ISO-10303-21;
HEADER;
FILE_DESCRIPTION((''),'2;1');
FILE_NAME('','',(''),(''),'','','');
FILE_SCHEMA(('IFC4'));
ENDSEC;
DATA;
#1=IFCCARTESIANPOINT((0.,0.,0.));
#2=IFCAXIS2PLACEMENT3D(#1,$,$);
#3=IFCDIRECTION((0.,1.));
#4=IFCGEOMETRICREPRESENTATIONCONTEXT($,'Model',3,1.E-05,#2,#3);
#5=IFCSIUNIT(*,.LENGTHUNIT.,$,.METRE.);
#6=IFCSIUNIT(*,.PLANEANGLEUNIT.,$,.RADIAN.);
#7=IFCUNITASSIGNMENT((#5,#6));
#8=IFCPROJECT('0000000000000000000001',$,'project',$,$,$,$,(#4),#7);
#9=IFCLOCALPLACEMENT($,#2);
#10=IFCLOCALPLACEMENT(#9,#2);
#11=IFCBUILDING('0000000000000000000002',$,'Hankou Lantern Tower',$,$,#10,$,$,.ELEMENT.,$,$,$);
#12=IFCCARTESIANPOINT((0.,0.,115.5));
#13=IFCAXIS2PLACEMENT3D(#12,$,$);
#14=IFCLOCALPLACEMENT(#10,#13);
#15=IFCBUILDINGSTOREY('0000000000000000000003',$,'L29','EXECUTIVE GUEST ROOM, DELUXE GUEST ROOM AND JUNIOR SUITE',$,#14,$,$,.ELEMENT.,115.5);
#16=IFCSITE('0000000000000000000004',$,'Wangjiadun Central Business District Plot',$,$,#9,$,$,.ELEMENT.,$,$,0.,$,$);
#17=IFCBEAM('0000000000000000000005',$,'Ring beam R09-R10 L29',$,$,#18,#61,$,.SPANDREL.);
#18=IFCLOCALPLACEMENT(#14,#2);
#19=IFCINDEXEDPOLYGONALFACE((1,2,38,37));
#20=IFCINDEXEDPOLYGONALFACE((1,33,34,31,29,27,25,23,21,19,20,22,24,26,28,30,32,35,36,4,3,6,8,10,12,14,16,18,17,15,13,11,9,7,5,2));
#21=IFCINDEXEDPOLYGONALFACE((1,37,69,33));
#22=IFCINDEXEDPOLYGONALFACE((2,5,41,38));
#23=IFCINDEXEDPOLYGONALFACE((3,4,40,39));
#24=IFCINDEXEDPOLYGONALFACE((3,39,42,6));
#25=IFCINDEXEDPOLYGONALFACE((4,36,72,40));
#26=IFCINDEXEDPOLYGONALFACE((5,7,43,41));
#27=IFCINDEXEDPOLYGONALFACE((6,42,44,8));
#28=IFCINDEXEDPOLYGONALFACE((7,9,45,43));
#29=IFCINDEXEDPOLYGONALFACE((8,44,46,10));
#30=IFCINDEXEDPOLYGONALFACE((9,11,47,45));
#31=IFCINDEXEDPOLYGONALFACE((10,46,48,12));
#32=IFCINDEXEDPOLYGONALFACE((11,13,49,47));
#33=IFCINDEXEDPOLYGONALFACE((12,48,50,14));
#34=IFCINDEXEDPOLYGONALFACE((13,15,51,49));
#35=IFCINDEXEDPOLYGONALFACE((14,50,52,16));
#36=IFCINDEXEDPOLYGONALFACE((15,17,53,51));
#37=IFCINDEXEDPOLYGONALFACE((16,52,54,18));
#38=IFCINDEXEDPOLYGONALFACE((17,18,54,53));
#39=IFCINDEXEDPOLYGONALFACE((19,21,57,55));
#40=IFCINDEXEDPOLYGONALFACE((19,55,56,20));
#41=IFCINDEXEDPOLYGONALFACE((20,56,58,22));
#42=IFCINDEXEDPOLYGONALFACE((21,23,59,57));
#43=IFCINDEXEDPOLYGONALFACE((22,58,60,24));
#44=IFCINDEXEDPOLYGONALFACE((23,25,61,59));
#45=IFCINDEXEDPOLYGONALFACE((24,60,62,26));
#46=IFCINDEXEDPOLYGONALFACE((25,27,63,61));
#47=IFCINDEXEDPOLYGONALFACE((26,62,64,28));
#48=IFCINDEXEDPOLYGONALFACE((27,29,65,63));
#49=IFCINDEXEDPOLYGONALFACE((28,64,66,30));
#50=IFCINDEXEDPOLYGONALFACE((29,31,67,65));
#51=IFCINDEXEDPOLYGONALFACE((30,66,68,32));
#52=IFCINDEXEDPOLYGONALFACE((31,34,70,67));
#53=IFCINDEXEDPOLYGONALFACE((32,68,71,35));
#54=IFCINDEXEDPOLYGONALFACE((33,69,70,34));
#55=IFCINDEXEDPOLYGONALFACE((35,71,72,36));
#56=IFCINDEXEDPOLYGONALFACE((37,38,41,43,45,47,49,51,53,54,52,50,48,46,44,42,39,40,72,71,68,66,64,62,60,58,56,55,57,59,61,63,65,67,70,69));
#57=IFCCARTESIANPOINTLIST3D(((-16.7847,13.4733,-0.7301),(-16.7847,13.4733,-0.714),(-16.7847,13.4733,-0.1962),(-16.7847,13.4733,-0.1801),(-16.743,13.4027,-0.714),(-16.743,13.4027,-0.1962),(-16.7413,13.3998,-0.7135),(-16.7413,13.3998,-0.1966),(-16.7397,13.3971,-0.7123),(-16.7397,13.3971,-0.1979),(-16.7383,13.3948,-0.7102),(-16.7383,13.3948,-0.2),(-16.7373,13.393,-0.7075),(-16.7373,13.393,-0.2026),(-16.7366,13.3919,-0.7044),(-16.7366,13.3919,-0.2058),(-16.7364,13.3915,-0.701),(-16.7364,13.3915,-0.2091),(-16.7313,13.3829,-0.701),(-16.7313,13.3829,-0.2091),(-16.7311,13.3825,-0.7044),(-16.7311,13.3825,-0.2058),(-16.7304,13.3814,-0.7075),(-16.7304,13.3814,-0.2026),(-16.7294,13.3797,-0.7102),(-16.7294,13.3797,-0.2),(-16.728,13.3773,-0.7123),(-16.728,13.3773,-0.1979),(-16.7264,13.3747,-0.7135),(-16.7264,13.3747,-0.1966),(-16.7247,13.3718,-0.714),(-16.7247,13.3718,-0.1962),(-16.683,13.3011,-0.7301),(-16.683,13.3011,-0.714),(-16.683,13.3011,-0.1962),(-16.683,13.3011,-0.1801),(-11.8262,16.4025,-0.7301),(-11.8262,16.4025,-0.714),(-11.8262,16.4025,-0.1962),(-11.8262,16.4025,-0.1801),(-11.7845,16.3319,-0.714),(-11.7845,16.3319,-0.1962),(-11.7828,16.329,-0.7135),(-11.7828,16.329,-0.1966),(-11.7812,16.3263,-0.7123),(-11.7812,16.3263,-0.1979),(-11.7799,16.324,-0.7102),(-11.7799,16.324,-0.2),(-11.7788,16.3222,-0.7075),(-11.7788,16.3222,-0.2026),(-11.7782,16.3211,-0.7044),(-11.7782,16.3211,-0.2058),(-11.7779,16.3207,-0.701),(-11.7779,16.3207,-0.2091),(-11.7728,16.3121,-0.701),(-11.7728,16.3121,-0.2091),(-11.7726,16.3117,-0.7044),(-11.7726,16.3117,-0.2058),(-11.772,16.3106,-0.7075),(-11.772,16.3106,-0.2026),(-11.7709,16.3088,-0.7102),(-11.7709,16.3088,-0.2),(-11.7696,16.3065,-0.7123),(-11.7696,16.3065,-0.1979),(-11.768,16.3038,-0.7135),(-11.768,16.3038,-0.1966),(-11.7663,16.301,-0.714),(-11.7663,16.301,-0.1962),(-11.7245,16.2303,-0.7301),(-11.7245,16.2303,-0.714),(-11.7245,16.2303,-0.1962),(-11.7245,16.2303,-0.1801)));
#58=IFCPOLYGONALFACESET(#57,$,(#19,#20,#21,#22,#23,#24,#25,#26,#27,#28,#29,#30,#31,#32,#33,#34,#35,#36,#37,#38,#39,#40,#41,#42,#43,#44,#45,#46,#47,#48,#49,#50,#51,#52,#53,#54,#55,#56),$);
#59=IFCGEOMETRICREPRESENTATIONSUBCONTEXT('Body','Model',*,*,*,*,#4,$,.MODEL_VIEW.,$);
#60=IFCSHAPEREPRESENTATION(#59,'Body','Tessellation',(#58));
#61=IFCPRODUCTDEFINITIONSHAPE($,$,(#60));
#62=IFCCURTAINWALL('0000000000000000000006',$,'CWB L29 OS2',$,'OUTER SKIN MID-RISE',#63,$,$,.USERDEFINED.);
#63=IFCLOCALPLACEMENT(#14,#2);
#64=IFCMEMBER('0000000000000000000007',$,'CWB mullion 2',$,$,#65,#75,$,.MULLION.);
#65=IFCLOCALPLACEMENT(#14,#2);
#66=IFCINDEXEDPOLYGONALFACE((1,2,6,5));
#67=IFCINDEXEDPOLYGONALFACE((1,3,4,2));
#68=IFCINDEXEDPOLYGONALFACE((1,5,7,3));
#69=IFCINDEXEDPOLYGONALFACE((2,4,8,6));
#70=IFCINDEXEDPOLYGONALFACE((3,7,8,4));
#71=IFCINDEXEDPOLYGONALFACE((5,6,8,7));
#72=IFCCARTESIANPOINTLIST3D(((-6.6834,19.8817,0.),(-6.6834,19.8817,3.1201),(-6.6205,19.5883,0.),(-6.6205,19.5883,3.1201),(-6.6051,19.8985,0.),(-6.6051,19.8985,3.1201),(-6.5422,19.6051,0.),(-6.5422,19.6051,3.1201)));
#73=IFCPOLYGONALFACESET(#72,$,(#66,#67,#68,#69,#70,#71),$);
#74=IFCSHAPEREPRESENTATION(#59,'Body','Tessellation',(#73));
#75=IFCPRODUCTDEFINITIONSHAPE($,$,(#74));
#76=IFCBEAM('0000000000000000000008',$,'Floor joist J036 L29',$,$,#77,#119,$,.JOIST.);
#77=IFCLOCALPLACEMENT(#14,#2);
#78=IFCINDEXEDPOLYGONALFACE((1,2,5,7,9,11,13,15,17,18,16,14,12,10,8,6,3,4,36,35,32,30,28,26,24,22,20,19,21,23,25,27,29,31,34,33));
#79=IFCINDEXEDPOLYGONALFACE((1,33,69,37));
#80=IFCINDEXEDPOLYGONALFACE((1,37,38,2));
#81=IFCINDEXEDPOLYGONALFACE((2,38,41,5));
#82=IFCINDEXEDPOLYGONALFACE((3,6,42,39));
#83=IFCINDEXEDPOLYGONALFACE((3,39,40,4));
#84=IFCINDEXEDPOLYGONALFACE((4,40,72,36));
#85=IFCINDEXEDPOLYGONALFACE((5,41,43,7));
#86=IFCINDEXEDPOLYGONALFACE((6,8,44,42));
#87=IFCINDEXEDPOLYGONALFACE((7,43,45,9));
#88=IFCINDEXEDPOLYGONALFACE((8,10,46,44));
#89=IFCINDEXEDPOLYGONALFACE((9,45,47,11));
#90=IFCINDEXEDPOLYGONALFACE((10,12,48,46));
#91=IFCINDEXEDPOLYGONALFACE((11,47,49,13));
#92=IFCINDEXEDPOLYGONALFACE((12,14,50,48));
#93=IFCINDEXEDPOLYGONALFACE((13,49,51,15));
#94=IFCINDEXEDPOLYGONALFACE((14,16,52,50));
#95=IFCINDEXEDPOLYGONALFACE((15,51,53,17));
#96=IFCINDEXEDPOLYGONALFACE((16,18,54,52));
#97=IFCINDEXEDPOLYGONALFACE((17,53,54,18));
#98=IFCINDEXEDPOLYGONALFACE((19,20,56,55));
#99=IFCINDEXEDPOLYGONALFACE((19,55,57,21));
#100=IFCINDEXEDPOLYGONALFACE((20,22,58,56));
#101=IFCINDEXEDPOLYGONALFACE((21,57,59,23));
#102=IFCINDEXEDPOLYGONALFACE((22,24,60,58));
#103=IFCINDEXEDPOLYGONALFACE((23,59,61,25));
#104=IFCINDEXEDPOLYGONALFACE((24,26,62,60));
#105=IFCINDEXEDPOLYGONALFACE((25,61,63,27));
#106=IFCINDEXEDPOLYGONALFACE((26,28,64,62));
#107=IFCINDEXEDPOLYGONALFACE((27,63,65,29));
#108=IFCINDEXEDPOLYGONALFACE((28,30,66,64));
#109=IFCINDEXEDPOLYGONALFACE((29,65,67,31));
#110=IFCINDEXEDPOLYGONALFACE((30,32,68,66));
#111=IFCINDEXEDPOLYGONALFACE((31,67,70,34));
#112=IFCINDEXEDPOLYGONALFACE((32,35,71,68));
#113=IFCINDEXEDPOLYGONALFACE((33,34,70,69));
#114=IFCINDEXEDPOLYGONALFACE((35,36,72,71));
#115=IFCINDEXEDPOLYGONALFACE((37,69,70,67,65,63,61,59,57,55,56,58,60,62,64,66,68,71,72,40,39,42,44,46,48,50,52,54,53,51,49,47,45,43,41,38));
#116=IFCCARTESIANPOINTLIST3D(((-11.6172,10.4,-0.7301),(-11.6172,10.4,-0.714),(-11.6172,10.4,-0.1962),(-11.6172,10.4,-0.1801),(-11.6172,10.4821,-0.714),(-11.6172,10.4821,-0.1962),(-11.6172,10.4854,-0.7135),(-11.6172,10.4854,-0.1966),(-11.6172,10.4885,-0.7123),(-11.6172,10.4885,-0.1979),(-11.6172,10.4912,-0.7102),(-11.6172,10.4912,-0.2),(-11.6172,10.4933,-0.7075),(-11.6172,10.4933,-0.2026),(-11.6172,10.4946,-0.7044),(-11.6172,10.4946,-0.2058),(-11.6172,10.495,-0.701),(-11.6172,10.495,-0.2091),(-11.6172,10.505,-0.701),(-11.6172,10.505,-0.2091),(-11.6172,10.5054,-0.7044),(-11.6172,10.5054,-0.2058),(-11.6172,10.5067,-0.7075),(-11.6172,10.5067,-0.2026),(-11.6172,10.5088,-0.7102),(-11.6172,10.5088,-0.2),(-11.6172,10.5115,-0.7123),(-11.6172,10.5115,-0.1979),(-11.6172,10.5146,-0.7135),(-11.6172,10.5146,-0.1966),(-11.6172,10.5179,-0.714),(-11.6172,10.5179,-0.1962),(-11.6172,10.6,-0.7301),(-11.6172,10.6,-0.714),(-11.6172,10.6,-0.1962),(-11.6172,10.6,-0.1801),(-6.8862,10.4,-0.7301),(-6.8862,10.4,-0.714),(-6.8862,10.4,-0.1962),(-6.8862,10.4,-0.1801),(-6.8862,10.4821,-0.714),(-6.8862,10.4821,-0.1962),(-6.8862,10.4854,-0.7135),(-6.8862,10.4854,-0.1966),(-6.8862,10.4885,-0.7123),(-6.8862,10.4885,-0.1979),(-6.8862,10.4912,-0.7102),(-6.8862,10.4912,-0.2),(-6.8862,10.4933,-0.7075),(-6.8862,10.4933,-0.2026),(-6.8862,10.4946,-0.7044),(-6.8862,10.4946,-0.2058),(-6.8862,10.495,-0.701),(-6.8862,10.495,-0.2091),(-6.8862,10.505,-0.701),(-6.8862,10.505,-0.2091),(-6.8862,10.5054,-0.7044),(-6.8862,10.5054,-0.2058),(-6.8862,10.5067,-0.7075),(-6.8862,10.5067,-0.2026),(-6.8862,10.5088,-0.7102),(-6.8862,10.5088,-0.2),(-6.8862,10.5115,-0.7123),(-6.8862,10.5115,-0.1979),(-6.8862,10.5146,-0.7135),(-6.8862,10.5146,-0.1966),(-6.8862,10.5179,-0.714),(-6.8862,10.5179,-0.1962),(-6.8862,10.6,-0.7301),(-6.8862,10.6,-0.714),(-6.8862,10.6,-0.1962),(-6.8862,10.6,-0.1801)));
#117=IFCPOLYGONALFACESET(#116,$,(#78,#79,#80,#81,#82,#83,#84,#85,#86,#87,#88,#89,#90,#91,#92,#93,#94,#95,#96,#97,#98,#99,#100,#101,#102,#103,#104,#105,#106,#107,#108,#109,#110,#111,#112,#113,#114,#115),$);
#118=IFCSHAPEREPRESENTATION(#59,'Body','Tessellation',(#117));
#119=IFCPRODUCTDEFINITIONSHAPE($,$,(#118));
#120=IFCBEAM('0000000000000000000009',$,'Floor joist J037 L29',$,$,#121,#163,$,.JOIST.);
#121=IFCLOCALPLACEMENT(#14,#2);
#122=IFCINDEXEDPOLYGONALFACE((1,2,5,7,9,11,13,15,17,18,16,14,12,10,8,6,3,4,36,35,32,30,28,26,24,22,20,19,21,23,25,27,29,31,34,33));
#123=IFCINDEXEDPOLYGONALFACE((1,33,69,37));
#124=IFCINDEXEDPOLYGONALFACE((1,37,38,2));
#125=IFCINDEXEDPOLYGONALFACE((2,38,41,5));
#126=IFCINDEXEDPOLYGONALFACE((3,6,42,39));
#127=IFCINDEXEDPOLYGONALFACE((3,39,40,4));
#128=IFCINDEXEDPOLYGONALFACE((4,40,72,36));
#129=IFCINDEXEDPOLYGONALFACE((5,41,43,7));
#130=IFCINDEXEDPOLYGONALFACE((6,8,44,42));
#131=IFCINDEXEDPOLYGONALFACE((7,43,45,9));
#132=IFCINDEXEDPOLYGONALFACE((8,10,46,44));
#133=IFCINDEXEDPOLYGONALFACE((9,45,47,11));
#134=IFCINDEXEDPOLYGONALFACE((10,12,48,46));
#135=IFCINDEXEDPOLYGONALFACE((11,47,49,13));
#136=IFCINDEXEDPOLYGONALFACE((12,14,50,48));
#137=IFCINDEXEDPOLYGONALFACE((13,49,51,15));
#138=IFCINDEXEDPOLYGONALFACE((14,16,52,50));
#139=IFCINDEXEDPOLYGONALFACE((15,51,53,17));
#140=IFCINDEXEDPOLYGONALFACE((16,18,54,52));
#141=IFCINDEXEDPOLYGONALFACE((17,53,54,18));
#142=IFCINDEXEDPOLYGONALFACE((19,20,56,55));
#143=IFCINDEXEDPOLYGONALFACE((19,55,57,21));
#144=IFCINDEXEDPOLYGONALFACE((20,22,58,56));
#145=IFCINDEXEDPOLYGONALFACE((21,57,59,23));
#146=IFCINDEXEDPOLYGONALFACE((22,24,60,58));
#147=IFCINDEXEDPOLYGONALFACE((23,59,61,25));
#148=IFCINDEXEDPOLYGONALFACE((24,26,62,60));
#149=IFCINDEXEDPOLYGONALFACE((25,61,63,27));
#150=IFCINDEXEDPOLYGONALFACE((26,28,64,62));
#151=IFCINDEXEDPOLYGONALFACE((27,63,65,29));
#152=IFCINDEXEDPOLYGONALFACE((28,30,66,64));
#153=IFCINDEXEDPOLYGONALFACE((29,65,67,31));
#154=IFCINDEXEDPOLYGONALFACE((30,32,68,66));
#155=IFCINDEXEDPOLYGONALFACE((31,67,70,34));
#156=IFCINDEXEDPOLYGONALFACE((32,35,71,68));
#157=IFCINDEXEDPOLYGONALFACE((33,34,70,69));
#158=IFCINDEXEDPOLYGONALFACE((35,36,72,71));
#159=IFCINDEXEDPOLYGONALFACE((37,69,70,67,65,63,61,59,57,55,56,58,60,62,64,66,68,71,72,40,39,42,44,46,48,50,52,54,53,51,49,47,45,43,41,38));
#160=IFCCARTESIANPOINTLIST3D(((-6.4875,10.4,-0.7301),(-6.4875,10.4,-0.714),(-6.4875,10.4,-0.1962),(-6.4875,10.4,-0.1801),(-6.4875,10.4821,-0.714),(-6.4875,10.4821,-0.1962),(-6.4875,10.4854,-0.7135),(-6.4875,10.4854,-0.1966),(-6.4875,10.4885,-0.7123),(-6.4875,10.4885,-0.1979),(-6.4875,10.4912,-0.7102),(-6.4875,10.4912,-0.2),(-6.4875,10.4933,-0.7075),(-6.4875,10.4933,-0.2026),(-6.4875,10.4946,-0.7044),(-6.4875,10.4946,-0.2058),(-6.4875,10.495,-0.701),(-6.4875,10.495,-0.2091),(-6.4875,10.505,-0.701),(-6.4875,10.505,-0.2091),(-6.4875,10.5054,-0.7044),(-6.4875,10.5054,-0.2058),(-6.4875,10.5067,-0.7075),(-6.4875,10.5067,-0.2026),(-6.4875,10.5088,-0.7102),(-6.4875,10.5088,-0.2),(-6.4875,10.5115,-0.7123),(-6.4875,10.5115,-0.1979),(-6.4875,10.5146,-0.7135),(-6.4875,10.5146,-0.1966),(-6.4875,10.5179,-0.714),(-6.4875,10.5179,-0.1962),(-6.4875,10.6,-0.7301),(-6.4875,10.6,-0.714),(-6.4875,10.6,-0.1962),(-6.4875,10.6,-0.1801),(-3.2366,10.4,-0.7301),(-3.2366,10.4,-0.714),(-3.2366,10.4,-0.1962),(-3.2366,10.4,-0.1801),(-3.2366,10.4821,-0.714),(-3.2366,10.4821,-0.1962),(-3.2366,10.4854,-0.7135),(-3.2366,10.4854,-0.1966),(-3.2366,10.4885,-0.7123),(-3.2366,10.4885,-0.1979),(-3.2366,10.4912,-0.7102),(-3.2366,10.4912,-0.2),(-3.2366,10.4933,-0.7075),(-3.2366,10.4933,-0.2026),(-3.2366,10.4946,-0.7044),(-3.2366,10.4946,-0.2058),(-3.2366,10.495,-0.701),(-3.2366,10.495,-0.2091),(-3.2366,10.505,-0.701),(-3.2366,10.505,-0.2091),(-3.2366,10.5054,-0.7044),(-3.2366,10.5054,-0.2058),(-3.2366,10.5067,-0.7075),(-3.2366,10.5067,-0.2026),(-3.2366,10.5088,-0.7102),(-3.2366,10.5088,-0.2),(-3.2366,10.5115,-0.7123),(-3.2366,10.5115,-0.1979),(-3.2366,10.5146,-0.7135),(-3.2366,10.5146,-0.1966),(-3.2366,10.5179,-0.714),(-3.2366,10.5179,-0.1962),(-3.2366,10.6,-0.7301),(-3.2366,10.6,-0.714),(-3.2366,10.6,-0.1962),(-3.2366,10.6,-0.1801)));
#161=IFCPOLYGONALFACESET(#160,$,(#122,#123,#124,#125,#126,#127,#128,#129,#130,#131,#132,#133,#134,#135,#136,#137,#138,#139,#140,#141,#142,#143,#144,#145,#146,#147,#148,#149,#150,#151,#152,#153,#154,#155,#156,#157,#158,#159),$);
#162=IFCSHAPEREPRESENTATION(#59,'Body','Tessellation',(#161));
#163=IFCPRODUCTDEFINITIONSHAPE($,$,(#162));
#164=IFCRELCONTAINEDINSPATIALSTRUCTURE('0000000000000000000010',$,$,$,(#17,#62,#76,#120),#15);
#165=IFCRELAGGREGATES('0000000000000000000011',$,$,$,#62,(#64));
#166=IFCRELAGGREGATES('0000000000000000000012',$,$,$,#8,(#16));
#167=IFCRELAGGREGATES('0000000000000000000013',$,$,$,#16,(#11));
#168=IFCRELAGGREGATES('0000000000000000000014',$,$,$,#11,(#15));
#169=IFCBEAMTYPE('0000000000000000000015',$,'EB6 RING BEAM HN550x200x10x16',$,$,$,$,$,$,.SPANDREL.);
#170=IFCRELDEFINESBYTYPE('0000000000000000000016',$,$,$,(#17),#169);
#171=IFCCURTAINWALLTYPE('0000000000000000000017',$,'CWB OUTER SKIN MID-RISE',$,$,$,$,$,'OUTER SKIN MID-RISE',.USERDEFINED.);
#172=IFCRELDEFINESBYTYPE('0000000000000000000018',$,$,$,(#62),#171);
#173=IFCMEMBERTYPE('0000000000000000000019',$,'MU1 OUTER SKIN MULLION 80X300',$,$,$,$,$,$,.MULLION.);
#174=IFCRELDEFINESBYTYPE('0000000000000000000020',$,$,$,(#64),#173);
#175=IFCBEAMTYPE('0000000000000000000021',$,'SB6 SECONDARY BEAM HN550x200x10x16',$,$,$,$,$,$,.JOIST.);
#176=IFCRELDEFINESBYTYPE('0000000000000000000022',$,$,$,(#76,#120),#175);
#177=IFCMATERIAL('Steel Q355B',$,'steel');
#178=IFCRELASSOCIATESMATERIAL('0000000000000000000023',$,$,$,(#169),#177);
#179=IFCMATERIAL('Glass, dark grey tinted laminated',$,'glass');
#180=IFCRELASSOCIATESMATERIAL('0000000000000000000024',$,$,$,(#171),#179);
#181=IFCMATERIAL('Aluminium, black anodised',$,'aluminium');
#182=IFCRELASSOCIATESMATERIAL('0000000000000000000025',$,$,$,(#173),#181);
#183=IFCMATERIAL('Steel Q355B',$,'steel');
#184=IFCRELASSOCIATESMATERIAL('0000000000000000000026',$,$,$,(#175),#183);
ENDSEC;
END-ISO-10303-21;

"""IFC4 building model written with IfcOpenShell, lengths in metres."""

from ifc_helpers import new_model, si_unit, direction, frame, origin, origin_2d, place, context, subcontext, project, spatial, rectangle, i_section, extrude, material, material_profile, profile_set, type_object, element, aggregate, save


model = new_model("IFC4")

# Units and contexts
model_context = context("Model", 3, precision=1e-05, world=origin(), true_north=direction((0.0, 1.0)))
body_context = subcontext(model_context, "Body", "Model", "MODEL_VIEW")
ifc_project = project(units=[si_unit("LENGTHUNIT", "METRE"), si_unit("PLANEANGLEUNIT", "RADIAN")], contexts=[model_context])

# Site, building, storey
site_placement = place(None, origin())
site = spatial("IfcSite", under=ifc_project, at=site_placement, Name="Wangjiadun Central Business District Plot", CompositionType="ELEMENT", RefElevation=0.0)
building_placement = place(site_placement, origin())
building = spatial("IfcBuilding", under=site, at=building_placement, Name="Hankou Lantern Tower", CompositionType="ELEMENT")
storey_placement = place(building_placement, frame((0.0, 0.0, 115.5)))
storey = spatial("IfcBuildingStorey", under=building, at=storey_placement, Name="L29", Description="EXECUTIVE GUEST ROOM, DELUXE GUEST ROOM AND JUNIOR SUITE", CompositionType="ELEMENT", Elevation=115.5)

# Beam
ifc_material_1 = material(Name="Steel Q355B", Category="steel")
ifc_material_profile_1 = material_profile(ifc_material_1, i_section(OverallWidth=0.2, OverallDepth=0.55, WebThickness=0.01, FlangeThickness=0.0161, FilletRadius=0.0129, at=origin_2d()), Name="HN550x200x10x16")
ifc_profile_set_1 = profile_set([ifc_material_profile_1], Name="Steel Q355B")
beam_type_1 = type_object("IfcBeamType", Name="EB6 RING BEAM HN550x200x10x16", PredefinedType="SPANDREL", material=ifc_profile_set_1)
beam_1_placement = place(storey_placement, frame((-11.7754, 16.3164, -0.4551), z_axis=(-0.860989, -0.508624, 0.0), x_axis=(0.508624, -0.860989, 0.0)))
element("IfcBeam", 1, at=beam_1_placement, inside=storey, type_object=beam_type_1, Name="Ring beam R09-R10 L29", PredefinedType="SPANDREL", context=body_context, shape_type="SweptSolid", body=[
    extrude(i_section(OverallWidth=0.2, OverallDepth=0.55, WebThickness=0.01, FlangeThickness=0.0161, FilletRadius=0.0129, at=origin_2d()), origin(), (0.0, 0.0, 1.0), 5.759),
])

# Curtain wall, member
ifc_material_2 = material(Name="Glass, dark grey tinted laminated", Category="glass")
curtain_wall_type = type_object("IfcCurtainWallType", Name="CWB OUTER SKIN MID-RISE", ElementType="OUTER SKIN MID-RISE", PredefinedType="USERDEFINED", material=ifc_material_2)
curtain_wall_placement = place(storey_placement, origin())
curtain_wall = element("IfcCurtainWall", 2, at=curtain_wall_placement, inside=storey, type_object=curtain_wall_type, Name="CWB L29 OS2", ObjectType="OUTER SKIN MID-RISE", PredefinedType="USERDEFINED")
ifc_material_3 = material(Name="Aluminium, black anodised", Category="aluminium")
ifc_material_profile_2 = material_profile(ifc_material_3, rectangle(XDim=0.0801, YDim=0.3, at=origin_2d()), Name="MU1 80X300")
ifc_profile_set_2 = profile_set([ifc_material_profile_2], Name="Aluminium, black anodised")
member_type_1 = type_object("IfcMemberType", Name="MU1 OUTER SKIN MULLION 80X300", PredefinedType="MULLION", material=ifc_profile_set_2)
member_1_placement = place(storey_placement, frame((-6.6128, 19.7434, 0.0), z_axis=(0.0, 0.0, 1.0), x_axis=(-0.977788, -0.209598, 0.0)))
member_1 = element("IfcMember", 3, at=member_1_placement, type_object=member_type_1, Name="CWB mullion 2", PredefinedType="MULLION", context=body_context, shape_type="SweptSolid", body=[
    extrude(rectangle(XDim=0.0801, YDim=0.3, at=origin_2d()), origin(), (0.0, 0.0, 1.0), 3.1201),
])

# Beams
ifc_material_4 = material(Name="Steel Q355B", Category="steel")
ifc_material_profile_3 = material_profile(ifc_material_4, i_section(OverallWidth=0.2, OverallDepth=0.55, WebThickness=0.01, FlangeThickness=0.0161, FilletRadius=0.0129, at=origin_2d()), Name="HN550x200x10x16")
ifc_profile_set_3 = profile_set([ifc_material_profile_3], Name="Steel Q355B")
beam_type_2 = type_object("IfcBeamType", Name="SB6 SECONDARY BEAM HN550x200x10x16", PredefinedType="JOIST", material=ifc_profile_set_3)
beam_2_placement = place(storey_placement, frame((-11.6172, 10.5, -0.4551), z_axis=(1.0, 0.0, 0.0), x_axis=(0.0, 1.0, 0.0)))
element("IfcBeam", 4, at=beam_2_placement, inside=storey, type_object=beam_type_2, Name="Floor joist J036 L29", PredefinedType="JOIST", context=body_context, shape_type="SweptSolid", body=[
    extrude(i_section(OverallWidth=0.2, OverallDepth=0.55, WebThickness=0.01, FlangeThickness=0.0161, FilletRadius=0.0129, at=origin_2d()), origin(), (0.0, 0.0, 1.0), 4.731),
])
beam_3_placement = place(storey_placement, frame((-6.4875, 10.5, -0.4551), z_axis=(1.0, 0.0, 0.0), x_axis=(0.0, 1.0, 0.0)))
element("IfcBeam", 5, at=beam_3_placement, inside=storey, type_object=beam_type_2, Name="Floor joist J037 L29", PredefinedType="JOIST", context=body_context, shape_type="SweptSolid", body=[
    extrude(i_section(OverallWidth=0.2, OverallDepth=0.55, WebThickness=0.01, FlangeThickness=0.0161, FilletRadius=0.0129, at=origin_2d()), origin(), (0.0, 0.0, 1.0), 3.251),
])

aggregate(curtain_wall, [member_1])

save(model, "model.ifc")
